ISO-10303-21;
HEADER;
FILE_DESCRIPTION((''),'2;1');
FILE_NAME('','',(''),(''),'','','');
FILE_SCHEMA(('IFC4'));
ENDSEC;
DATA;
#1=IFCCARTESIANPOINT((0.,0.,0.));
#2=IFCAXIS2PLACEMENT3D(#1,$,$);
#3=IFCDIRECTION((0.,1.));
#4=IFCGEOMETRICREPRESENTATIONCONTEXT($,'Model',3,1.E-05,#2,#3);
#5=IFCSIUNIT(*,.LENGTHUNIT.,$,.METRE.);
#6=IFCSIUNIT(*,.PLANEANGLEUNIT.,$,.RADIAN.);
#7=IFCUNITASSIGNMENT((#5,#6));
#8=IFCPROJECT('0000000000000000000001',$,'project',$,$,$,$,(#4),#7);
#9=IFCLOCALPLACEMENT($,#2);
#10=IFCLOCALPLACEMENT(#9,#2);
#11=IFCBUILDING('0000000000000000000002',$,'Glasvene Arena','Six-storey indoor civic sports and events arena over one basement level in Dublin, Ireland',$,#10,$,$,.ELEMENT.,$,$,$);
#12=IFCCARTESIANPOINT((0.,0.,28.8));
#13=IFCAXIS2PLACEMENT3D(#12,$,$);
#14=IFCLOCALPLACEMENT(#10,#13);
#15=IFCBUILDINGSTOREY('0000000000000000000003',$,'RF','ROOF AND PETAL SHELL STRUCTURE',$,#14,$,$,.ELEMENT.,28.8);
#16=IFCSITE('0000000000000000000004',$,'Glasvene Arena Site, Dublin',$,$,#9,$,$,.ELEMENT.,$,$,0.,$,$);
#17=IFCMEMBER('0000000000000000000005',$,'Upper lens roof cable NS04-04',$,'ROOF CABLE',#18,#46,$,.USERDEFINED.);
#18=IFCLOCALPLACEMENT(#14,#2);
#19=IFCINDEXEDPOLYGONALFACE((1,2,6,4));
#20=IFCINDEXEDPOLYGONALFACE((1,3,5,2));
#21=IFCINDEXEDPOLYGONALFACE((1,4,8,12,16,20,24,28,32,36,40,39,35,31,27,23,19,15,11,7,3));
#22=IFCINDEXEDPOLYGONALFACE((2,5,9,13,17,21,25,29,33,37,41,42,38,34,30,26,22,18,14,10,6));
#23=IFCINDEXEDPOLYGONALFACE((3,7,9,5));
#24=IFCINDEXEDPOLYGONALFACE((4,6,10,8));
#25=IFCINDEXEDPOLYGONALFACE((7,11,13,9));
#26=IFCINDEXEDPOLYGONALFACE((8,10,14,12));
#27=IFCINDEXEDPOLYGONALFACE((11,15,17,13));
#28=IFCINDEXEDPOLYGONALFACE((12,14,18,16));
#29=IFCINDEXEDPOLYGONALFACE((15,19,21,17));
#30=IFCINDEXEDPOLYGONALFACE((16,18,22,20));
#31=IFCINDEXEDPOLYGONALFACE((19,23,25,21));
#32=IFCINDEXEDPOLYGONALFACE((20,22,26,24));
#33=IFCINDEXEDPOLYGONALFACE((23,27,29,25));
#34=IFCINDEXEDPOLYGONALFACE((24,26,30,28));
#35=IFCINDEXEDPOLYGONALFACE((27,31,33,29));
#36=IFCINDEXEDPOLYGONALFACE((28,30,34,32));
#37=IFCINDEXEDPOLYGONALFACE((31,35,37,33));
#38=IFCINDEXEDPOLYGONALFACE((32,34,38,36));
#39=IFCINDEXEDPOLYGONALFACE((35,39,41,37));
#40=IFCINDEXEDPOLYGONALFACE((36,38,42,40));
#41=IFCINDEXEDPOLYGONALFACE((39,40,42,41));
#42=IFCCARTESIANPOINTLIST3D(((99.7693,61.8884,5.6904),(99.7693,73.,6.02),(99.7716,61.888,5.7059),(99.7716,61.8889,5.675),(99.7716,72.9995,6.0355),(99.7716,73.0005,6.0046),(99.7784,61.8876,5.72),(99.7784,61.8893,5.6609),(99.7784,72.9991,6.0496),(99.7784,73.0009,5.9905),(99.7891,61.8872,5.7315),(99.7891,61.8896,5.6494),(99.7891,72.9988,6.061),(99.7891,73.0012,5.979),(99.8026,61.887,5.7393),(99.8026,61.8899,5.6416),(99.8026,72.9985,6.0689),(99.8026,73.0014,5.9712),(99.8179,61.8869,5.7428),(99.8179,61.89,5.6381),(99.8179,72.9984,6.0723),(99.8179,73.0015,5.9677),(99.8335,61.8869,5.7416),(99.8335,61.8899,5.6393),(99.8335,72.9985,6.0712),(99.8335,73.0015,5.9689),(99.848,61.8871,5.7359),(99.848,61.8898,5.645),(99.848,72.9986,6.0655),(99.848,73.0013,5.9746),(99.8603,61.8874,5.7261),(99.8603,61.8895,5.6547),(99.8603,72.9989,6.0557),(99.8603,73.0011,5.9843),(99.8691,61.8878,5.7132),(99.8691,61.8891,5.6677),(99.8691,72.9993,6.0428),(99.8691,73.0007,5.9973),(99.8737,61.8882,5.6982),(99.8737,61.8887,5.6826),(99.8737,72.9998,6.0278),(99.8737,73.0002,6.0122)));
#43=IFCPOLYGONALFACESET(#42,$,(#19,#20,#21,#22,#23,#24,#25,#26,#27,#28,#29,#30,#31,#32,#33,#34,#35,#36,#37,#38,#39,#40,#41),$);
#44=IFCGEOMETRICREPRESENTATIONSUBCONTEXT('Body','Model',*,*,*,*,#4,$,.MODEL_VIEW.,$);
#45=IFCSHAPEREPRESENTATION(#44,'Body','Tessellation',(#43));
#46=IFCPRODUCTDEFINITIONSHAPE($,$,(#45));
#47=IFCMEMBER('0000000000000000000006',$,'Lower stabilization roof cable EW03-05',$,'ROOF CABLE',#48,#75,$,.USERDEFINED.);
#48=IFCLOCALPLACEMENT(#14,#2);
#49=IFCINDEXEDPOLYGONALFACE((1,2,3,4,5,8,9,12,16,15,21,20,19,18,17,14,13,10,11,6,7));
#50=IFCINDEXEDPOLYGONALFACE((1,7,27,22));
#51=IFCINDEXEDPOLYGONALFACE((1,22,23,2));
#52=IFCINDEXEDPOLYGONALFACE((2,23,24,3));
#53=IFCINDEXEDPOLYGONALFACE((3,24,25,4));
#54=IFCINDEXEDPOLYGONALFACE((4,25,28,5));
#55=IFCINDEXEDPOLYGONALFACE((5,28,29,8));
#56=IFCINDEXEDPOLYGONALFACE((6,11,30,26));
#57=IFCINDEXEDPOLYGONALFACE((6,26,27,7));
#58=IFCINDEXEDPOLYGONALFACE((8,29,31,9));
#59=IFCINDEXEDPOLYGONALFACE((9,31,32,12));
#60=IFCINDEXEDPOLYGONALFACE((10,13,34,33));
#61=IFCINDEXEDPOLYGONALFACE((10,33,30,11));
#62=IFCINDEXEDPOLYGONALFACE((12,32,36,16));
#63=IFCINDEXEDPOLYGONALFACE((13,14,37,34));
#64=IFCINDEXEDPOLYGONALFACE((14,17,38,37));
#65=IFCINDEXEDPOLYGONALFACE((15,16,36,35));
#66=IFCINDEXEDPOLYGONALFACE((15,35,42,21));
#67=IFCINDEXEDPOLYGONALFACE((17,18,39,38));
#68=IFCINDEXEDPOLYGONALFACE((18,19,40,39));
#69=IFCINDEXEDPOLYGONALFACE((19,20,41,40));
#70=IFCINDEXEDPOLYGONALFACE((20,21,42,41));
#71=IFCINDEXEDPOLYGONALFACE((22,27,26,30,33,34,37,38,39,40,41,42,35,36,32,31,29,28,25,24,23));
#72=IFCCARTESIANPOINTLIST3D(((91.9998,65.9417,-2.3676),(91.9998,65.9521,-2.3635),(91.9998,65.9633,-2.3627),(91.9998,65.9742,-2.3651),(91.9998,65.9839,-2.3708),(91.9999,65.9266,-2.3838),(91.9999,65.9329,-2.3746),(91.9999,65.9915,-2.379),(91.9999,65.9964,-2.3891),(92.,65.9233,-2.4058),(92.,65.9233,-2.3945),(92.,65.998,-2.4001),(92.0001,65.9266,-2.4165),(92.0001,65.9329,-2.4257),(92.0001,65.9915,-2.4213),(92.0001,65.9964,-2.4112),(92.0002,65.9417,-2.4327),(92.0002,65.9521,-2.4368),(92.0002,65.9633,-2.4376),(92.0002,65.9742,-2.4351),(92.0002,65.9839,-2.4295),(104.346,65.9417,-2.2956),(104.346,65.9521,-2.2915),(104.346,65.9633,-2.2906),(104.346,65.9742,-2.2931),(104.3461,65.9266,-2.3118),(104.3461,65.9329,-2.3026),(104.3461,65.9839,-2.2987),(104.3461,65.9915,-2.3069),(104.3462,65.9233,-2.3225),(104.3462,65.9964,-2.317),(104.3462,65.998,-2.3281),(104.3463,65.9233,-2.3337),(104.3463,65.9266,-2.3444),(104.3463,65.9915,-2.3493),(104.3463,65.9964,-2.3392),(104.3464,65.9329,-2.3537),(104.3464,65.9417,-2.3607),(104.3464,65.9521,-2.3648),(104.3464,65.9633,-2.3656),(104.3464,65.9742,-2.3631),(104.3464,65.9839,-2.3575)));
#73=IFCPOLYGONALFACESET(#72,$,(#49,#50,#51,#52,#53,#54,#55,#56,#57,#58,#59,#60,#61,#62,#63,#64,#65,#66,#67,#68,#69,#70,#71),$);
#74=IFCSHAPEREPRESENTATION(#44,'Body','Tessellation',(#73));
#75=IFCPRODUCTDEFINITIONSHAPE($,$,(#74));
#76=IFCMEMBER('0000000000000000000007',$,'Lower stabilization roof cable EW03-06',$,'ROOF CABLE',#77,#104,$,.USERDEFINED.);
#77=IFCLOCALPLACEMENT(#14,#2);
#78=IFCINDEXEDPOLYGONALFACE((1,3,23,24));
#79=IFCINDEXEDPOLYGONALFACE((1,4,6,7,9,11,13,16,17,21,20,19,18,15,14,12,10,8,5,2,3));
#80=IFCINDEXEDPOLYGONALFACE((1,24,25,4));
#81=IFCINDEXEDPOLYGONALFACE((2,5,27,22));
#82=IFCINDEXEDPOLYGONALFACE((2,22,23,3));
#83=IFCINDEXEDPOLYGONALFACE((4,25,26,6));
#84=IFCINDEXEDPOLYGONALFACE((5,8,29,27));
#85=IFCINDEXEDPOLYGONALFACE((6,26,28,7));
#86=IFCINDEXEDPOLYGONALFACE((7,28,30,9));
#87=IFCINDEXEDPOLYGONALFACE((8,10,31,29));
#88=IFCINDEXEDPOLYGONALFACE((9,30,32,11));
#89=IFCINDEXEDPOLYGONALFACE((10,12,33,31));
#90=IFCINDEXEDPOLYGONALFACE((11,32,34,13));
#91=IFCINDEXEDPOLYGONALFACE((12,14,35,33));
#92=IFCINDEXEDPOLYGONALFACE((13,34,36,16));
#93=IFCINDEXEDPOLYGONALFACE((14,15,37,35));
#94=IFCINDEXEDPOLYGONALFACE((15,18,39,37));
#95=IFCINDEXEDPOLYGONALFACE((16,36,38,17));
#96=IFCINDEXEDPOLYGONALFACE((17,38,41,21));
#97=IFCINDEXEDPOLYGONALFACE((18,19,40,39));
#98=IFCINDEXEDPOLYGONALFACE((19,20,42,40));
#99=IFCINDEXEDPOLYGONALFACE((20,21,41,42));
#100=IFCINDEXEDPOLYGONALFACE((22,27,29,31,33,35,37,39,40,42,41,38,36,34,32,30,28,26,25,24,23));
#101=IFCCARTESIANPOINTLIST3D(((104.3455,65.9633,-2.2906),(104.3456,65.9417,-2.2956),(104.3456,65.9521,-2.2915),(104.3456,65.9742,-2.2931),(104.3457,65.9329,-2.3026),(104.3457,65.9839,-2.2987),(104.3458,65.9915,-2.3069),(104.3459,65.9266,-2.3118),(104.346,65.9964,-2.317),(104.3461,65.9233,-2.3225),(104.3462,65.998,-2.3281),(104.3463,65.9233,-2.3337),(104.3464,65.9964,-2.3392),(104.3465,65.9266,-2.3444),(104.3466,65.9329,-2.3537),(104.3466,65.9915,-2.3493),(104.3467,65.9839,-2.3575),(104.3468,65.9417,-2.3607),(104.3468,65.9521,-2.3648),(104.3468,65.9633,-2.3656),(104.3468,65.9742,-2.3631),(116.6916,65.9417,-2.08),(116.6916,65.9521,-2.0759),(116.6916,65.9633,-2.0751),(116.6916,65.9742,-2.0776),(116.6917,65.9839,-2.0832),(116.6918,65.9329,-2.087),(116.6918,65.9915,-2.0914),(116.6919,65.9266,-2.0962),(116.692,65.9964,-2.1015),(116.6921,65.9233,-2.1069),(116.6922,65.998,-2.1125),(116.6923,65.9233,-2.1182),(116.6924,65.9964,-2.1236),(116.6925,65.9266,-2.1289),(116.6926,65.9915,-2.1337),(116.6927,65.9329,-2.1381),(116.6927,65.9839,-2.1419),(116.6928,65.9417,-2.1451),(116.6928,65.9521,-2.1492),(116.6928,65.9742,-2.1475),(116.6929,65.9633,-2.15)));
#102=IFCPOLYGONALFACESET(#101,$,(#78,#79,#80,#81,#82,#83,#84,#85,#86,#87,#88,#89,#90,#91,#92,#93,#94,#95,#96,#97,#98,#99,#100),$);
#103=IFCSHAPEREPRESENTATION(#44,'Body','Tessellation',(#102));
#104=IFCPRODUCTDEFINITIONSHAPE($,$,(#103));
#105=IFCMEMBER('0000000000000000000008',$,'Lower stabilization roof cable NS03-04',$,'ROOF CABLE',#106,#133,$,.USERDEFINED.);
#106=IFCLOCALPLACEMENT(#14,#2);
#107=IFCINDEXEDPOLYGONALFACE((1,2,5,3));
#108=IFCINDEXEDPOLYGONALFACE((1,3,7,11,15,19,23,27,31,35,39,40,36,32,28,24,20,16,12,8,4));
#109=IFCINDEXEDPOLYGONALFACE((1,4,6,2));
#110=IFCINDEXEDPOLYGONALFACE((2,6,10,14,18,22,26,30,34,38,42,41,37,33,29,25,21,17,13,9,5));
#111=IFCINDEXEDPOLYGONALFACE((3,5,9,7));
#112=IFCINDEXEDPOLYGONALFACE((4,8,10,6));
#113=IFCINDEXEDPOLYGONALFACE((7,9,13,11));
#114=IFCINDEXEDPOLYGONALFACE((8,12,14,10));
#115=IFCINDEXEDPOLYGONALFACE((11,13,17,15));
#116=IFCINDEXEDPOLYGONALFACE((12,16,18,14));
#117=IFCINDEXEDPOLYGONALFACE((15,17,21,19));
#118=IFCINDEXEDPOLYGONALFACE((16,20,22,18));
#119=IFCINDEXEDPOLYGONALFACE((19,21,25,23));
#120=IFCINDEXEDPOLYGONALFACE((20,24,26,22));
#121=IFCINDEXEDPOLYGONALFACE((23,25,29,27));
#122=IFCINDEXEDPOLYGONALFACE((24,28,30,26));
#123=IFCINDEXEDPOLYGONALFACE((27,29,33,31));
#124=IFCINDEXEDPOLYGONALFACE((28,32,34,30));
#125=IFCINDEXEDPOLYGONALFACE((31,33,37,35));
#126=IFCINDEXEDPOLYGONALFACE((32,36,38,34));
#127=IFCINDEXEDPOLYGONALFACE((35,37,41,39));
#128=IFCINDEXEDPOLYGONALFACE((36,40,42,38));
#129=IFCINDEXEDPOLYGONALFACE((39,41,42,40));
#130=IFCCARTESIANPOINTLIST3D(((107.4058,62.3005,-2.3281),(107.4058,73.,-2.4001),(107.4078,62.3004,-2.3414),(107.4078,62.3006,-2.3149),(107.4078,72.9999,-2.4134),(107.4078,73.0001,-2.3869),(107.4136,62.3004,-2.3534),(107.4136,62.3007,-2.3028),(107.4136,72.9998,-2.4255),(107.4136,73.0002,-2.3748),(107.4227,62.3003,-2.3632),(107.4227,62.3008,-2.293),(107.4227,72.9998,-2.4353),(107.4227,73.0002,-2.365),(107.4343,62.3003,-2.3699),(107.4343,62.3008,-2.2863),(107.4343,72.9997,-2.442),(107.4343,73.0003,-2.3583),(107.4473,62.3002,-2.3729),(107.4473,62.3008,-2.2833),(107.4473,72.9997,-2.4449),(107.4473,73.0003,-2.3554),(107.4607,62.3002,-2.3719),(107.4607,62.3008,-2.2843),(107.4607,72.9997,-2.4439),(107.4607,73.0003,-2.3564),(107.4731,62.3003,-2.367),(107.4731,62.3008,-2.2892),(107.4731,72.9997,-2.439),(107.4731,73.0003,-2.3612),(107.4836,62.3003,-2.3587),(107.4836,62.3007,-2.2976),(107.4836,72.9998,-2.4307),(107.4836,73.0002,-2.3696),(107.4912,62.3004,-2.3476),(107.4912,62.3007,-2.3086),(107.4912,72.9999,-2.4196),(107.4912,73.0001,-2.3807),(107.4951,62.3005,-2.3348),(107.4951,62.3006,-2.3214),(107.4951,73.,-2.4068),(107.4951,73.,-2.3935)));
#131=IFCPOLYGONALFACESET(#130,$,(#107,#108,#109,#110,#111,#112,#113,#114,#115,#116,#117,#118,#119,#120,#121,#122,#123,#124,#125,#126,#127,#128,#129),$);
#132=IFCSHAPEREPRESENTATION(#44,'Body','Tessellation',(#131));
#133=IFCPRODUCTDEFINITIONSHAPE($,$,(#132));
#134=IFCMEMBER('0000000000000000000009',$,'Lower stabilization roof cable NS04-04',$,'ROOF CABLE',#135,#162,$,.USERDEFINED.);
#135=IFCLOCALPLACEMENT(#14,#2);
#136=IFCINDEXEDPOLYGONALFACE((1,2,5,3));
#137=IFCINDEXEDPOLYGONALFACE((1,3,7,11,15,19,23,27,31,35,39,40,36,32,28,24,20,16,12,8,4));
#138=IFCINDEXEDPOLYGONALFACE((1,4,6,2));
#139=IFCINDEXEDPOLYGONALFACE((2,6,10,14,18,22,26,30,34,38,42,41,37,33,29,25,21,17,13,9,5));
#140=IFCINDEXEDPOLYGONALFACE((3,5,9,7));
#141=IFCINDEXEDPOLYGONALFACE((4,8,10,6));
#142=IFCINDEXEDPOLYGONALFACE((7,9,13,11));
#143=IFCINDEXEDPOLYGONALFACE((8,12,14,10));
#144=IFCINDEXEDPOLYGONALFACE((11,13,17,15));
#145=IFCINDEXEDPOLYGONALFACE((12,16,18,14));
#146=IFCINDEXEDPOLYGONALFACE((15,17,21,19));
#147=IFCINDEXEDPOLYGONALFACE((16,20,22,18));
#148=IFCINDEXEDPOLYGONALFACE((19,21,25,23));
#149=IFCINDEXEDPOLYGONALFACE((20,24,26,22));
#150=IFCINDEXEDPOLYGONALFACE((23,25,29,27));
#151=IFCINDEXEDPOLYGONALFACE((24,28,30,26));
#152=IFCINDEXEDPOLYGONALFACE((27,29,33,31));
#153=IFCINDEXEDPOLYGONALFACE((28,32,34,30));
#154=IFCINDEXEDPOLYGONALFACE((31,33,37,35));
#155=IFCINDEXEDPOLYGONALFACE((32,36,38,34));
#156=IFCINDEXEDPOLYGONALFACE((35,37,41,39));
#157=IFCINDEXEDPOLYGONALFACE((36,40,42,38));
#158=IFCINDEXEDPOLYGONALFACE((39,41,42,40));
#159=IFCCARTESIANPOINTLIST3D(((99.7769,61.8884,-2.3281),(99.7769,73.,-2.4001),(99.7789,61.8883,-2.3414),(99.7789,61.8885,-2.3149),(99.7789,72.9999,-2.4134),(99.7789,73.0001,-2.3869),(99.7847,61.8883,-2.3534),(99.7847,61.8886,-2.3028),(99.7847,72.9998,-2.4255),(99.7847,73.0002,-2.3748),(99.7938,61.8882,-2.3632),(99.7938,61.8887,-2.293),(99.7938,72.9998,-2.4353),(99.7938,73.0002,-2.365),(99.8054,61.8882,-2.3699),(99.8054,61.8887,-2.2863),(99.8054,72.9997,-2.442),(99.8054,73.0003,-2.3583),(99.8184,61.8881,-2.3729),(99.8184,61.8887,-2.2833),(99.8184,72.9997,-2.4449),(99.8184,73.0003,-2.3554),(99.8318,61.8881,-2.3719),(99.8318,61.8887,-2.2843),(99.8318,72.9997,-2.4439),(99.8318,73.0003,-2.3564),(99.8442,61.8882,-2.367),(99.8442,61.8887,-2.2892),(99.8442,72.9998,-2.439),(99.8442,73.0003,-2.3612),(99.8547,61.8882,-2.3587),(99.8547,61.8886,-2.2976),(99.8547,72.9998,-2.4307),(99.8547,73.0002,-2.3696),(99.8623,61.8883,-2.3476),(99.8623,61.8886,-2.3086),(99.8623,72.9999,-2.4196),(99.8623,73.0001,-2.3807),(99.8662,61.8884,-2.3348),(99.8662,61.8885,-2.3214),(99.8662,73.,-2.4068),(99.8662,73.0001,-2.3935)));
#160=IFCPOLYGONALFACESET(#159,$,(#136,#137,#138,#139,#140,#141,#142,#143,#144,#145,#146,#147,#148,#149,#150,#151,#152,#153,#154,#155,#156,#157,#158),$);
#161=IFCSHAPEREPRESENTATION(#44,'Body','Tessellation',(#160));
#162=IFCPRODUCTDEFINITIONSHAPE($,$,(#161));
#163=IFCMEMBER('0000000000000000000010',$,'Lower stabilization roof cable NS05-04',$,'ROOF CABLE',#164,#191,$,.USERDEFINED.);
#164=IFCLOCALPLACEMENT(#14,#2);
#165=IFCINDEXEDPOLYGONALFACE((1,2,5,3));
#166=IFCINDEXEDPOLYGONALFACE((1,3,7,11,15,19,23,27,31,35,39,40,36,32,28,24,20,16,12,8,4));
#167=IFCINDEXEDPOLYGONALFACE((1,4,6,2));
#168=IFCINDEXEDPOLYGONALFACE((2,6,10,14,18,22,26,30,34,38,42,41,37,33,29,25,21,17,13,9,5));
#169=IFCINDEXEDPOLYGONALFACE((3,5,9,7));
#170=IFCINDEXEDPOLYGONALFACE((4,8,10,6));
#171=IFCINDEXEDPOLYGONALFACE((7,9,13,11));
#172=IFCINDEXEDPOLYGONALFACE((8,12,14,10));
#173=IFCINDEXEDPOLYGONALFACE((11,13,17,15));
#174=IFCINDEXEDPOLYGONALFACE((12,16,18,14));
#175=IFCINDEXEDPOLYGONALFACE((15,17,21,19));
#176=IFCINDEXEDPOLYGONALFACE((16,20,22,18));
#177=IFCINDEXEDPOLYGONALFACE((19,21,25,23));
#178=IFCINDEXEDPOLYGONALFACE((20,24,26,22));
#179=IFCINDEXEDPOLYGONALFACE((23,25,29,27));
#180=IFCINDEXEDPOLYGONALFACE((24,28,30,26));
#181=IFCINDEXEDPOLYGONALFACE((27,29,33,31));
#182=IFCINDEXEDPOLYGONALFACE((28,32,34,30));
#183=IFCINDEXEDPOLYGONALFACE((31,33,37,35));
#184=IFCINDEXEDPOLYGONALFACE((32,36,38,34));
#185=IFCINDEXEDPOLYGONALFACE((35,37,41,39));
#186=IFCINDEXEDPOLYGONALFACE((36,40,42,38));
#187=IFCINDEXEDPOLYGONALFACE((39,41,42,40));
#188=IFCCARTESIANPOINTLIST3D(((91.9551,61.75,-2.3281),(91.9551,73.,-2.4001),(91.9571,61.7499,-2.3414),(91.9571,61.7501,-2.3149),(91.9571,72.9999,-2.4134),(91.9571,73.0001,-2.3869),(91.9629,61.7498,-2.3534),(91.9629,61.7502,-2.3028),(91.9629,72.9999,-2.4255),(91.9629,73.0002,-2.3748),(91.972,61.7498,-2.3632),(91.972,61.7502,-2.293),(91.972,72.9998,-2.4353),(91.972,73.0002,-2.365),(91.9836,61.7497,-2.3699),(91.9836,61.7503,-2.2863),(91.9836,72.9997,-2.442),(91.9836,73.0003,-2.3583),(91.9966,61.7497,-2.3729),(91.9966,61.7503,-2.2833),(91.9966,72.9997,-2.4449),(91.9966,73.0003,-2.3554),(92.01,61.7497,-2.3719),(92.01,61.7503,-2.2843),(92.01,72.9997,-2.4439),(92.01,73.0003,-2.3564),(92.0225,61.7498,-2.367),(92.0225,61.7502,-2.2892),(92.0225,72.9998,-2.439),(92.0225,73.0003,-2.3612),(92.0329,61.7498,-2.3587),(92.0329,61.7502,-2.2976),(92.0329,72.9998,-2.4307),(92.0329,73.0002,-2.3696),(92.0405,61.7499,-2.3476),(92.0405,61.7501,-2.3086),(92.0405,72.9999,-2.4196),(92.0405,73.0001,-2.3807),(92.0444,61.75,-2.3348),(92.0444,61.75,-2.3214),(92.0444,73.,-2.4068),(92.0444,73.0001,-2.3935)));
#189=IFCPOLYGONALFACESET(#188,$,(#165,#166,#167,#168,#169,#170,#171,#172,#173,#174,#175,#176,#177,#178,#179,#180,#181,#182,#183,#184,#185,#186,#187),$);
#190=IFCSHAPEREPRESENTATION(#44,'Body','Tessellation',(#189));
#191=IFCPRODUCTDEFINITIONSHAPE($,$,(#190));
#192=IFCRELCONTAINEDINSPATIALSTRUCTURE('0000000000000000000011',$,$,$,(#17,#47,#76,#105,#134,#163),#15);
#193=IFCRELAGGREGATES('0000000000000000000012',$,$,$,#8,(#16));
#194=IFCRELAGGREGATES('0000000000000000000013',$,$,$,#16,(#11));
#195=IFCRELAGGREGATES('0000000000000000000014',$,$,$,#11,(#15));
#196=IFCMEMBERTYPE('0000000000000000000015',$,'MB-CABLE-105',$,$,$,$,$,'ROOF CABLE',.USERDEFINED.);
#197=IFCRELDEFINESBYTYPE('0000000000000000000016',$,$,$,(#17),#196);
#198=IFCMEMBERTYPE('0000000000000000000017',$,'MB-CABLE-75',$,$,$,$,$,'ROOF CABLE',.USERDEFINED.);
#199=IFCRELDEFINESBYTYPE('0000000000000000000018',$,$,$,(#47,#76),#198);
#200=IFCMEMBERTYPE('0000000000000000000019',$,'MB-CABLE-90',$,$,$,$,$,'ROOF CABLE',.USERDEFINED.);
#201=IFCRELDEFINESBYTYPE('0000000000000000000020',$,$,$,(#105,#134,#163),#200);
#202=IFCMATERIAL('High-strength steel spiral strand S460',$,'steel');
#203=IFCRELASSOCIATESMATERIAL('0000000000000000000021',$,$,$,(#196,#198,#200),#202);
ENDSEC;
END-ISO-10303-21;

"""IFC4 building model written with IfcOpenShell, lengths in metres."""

from ifc_helpers import new_model, si_unit, direction, frame, origin, origin_2d, place, context, subcontext, project, spatial, circle, extrude, material, material_profile, profile_set, type_object, element, save


model = new_model("IFC4")

# Units and contexts
model_context = context("Model", 3, precision=1e-05, world=origin(), true_north=direction((0.0, 1.0)))
body_context = subcontext(model_context, "Body", "Model", "MODEL_VIEW")
ifc_project = project(units=[si_unit("LENGTHUNIT", "METRE"), si_unit("PLANEANGLEUNIT", "RADIAN")], contexts=[model_context])

# Site, building, storey
site_placement = place(None, origin())
site = spatial("IfcSite", under=ifc_project, at=site_placement, Name="Glasvene Arena Site, Dublin", CompositionType="ELEMENT", RefElevation=0.0)
building_placement = place(site_placement, origin())
building = spatial("IfcBuilding", under=site, at=building_placement, Name="Glasvene Arena", Description="Six-storey indoor civic sports and events arena over one basement level in Dublin, Ireland", CompositionType="ELEMENT")
storey_placement = place(building_placement, frame((0.0, 0.0, 28.8)))
storey = spatial("IfcBuildingStorey", under=building, at=storey_placement, Name="RF", Description="ROOF AND PETAL SHELL STRUCTURE", CompositionType="ELEMENT", Elevation=28.8)

# Members
ifc_material_1 = material(Name="High-strength steel spiral strand S460", Category="steel")
ifc_material_profile_1 = material_profile(ifc_material_1, circle(Radius=0.0525, at=origin_2d()), Name="LCSS D105")
ifc_profile_set_1 = profile_set([ifc_material_profile_1], Name="High-strength steel spiral strand S460")
member_type_1 = type_object("IfcMemberType", Name="MB-CABLE-105", ElementType="ROOF CABLE", PredefinedType="USERDEFINED", material=ifc_profile_set_1)
member_1_placement = place(storey_placement, frame((99.8218, 61.8884, 5.6904), z_axis=(0.0, 0.99956, 0.029649), x_axis=(-1.0, 0.0, 0.0)))
element("IfcMember", 1, at=member_1_placement, inside=storey, type_object=member_type_1, Name="Upper lens roof cable NS04-04", ObjectType="ROOF CABLE", PredefinedType="USERDEFINED", context=body_context, shape_type="SweptSolid", body=[
    extrude(circle(Radius=0.0525, at=origin_2d()), origin(), (0.0, 0.0, 1.0), 11.1165),
])
ifc_material_profile_2 = material_profile(ifc_material_1, circle(Radius=0.0376, at=origin_2d()), Name="LCSS D75")
ifc_profile_set_2 = profile_set([ifc_material_profile_2], Name="High-strength steel spiral strand S460")
member_type_2 = type_object("IfcMemberType", Name="MB-CABLE-75", ElementType="ROOF CABLE", PredefinedType="USERDEFINED", material=ifc_profile_set_2)
member_2_placement = place(storey_placement, frame((92.0, 65.9604, -2.4001), z_axis=(0.999983, 0.0, 0.005833), x_axis=(0.0, 1.0, 0.0)))
element("IfcMember", 2, at=member_2_placement, inside=storey, type_object=member_type_2, Name="Lower stabilization roof cable EW03-05", ObjectType="ROOF CABLE", PredefinedType="USERDEFINED", context=body_context, shape_type="SweptSolid", body=[
    extrude(circle(Radius=0.0376, at=origin_2d()), origin(), (0.0, 0.0, 1.0), 12.3464),
])
member_3_placement = place(storey_placement, frame((104.3462, 65.9604, -2.3281), z_axis=(0.999848, 0.0, 0.017459), x_axis=(0.0, 1.0, 0.0)))
element("IfcMember", 3, at=member_3_placement, inside=storey, type_object=member_type_2, Name="Lower stabilization roof cable EW03-06", ObjectType="ROOF CABLE", PredefinedType="USERDEFINED", context=body_context, shape_type="SweptSolid", body=[
    extrude(circle(Radius=0.0376, at=origin_2d()), origin(), (0.0, 0.0, 1.0), 12.3479),
])
ifc_material_profile_3 = material_profile(ifc_material_1, circle(Radius=0.0449, at=origin_2d()), Name="LCSS D90")
ifc_profile_set_3 = profile_set([ifc_material_profile_3], Name="High-strength steel spiral strand S460")
member_type_3 = type_object("IfcMemberType", Name="MB-CABLE-90", ElementType="ROOF CABLE", PredefinedType="USERDEFINED", material=ifc_profile_set_3)
member_4_placement = place(storey_placement, frame((107.4507, 62.3005, -2.3281), z_axis=(0.0, 0.999977, -0.006731), x_axis=(-1.0, 0.0, 0.0)))
element("IfcMember", 4, at=member_4_placement, inside=storey, type_object=member_type_3, Name="Lower stabilization roof cable NS03-04", ObjectType="ROOF CABLE", PredefinedType="USERDEFINED", context=body_context, shape_type="SweptSolid", body=[
    extrude(circle(Radius=0.0449, at=origin_2d()), origin(), (0.0, 0.0, 1.0), 10.6997),
])
member_5_placement = place(storey_placement, frame((99.8218, 61.8884, -2.3281), z_axis=(0.0, 0.999979, -0.006482), x_axis=(-1.0, 0.0, 0.0)))
element("IfcMember", 5, at=member_5_placement, inside=storey, type_object=member_type_3, Name="Lower stabilization roof cable NS04-04", ObjectType="ROOF CABLE", PredefinedType="USERDEFINED", context=body_context, shape_type="SweptSolid", body=[
    extrude(circle(Radius=0.0449, at=origin_2d()), origin(), (0.0, 0.0, 1.0), 11.1118),
])
member_6_placement = place(storey_placement, frame((92.0, 61.75, -2.3281), z_axis=(0.0, 0.99998, -0.006402), x_axis=(-1.0, 0.0, 0.0)))
element("IfcMember", 6, at=member_6_placement, inside=storey, type_object=member_type_3, Name="Lower stabilization roof cable NS05-04", ObjectType="ROOF CABLE", PredefinedType="USERDEFINED", context=body_context, shape_type="SweptSolid", body=[
    extrude(circle(Radius=0.0449, at=origin_2d()), origin(), (0.0, 0.0, 1.0), 11.2502),
])

save(model, "model.ifc")
